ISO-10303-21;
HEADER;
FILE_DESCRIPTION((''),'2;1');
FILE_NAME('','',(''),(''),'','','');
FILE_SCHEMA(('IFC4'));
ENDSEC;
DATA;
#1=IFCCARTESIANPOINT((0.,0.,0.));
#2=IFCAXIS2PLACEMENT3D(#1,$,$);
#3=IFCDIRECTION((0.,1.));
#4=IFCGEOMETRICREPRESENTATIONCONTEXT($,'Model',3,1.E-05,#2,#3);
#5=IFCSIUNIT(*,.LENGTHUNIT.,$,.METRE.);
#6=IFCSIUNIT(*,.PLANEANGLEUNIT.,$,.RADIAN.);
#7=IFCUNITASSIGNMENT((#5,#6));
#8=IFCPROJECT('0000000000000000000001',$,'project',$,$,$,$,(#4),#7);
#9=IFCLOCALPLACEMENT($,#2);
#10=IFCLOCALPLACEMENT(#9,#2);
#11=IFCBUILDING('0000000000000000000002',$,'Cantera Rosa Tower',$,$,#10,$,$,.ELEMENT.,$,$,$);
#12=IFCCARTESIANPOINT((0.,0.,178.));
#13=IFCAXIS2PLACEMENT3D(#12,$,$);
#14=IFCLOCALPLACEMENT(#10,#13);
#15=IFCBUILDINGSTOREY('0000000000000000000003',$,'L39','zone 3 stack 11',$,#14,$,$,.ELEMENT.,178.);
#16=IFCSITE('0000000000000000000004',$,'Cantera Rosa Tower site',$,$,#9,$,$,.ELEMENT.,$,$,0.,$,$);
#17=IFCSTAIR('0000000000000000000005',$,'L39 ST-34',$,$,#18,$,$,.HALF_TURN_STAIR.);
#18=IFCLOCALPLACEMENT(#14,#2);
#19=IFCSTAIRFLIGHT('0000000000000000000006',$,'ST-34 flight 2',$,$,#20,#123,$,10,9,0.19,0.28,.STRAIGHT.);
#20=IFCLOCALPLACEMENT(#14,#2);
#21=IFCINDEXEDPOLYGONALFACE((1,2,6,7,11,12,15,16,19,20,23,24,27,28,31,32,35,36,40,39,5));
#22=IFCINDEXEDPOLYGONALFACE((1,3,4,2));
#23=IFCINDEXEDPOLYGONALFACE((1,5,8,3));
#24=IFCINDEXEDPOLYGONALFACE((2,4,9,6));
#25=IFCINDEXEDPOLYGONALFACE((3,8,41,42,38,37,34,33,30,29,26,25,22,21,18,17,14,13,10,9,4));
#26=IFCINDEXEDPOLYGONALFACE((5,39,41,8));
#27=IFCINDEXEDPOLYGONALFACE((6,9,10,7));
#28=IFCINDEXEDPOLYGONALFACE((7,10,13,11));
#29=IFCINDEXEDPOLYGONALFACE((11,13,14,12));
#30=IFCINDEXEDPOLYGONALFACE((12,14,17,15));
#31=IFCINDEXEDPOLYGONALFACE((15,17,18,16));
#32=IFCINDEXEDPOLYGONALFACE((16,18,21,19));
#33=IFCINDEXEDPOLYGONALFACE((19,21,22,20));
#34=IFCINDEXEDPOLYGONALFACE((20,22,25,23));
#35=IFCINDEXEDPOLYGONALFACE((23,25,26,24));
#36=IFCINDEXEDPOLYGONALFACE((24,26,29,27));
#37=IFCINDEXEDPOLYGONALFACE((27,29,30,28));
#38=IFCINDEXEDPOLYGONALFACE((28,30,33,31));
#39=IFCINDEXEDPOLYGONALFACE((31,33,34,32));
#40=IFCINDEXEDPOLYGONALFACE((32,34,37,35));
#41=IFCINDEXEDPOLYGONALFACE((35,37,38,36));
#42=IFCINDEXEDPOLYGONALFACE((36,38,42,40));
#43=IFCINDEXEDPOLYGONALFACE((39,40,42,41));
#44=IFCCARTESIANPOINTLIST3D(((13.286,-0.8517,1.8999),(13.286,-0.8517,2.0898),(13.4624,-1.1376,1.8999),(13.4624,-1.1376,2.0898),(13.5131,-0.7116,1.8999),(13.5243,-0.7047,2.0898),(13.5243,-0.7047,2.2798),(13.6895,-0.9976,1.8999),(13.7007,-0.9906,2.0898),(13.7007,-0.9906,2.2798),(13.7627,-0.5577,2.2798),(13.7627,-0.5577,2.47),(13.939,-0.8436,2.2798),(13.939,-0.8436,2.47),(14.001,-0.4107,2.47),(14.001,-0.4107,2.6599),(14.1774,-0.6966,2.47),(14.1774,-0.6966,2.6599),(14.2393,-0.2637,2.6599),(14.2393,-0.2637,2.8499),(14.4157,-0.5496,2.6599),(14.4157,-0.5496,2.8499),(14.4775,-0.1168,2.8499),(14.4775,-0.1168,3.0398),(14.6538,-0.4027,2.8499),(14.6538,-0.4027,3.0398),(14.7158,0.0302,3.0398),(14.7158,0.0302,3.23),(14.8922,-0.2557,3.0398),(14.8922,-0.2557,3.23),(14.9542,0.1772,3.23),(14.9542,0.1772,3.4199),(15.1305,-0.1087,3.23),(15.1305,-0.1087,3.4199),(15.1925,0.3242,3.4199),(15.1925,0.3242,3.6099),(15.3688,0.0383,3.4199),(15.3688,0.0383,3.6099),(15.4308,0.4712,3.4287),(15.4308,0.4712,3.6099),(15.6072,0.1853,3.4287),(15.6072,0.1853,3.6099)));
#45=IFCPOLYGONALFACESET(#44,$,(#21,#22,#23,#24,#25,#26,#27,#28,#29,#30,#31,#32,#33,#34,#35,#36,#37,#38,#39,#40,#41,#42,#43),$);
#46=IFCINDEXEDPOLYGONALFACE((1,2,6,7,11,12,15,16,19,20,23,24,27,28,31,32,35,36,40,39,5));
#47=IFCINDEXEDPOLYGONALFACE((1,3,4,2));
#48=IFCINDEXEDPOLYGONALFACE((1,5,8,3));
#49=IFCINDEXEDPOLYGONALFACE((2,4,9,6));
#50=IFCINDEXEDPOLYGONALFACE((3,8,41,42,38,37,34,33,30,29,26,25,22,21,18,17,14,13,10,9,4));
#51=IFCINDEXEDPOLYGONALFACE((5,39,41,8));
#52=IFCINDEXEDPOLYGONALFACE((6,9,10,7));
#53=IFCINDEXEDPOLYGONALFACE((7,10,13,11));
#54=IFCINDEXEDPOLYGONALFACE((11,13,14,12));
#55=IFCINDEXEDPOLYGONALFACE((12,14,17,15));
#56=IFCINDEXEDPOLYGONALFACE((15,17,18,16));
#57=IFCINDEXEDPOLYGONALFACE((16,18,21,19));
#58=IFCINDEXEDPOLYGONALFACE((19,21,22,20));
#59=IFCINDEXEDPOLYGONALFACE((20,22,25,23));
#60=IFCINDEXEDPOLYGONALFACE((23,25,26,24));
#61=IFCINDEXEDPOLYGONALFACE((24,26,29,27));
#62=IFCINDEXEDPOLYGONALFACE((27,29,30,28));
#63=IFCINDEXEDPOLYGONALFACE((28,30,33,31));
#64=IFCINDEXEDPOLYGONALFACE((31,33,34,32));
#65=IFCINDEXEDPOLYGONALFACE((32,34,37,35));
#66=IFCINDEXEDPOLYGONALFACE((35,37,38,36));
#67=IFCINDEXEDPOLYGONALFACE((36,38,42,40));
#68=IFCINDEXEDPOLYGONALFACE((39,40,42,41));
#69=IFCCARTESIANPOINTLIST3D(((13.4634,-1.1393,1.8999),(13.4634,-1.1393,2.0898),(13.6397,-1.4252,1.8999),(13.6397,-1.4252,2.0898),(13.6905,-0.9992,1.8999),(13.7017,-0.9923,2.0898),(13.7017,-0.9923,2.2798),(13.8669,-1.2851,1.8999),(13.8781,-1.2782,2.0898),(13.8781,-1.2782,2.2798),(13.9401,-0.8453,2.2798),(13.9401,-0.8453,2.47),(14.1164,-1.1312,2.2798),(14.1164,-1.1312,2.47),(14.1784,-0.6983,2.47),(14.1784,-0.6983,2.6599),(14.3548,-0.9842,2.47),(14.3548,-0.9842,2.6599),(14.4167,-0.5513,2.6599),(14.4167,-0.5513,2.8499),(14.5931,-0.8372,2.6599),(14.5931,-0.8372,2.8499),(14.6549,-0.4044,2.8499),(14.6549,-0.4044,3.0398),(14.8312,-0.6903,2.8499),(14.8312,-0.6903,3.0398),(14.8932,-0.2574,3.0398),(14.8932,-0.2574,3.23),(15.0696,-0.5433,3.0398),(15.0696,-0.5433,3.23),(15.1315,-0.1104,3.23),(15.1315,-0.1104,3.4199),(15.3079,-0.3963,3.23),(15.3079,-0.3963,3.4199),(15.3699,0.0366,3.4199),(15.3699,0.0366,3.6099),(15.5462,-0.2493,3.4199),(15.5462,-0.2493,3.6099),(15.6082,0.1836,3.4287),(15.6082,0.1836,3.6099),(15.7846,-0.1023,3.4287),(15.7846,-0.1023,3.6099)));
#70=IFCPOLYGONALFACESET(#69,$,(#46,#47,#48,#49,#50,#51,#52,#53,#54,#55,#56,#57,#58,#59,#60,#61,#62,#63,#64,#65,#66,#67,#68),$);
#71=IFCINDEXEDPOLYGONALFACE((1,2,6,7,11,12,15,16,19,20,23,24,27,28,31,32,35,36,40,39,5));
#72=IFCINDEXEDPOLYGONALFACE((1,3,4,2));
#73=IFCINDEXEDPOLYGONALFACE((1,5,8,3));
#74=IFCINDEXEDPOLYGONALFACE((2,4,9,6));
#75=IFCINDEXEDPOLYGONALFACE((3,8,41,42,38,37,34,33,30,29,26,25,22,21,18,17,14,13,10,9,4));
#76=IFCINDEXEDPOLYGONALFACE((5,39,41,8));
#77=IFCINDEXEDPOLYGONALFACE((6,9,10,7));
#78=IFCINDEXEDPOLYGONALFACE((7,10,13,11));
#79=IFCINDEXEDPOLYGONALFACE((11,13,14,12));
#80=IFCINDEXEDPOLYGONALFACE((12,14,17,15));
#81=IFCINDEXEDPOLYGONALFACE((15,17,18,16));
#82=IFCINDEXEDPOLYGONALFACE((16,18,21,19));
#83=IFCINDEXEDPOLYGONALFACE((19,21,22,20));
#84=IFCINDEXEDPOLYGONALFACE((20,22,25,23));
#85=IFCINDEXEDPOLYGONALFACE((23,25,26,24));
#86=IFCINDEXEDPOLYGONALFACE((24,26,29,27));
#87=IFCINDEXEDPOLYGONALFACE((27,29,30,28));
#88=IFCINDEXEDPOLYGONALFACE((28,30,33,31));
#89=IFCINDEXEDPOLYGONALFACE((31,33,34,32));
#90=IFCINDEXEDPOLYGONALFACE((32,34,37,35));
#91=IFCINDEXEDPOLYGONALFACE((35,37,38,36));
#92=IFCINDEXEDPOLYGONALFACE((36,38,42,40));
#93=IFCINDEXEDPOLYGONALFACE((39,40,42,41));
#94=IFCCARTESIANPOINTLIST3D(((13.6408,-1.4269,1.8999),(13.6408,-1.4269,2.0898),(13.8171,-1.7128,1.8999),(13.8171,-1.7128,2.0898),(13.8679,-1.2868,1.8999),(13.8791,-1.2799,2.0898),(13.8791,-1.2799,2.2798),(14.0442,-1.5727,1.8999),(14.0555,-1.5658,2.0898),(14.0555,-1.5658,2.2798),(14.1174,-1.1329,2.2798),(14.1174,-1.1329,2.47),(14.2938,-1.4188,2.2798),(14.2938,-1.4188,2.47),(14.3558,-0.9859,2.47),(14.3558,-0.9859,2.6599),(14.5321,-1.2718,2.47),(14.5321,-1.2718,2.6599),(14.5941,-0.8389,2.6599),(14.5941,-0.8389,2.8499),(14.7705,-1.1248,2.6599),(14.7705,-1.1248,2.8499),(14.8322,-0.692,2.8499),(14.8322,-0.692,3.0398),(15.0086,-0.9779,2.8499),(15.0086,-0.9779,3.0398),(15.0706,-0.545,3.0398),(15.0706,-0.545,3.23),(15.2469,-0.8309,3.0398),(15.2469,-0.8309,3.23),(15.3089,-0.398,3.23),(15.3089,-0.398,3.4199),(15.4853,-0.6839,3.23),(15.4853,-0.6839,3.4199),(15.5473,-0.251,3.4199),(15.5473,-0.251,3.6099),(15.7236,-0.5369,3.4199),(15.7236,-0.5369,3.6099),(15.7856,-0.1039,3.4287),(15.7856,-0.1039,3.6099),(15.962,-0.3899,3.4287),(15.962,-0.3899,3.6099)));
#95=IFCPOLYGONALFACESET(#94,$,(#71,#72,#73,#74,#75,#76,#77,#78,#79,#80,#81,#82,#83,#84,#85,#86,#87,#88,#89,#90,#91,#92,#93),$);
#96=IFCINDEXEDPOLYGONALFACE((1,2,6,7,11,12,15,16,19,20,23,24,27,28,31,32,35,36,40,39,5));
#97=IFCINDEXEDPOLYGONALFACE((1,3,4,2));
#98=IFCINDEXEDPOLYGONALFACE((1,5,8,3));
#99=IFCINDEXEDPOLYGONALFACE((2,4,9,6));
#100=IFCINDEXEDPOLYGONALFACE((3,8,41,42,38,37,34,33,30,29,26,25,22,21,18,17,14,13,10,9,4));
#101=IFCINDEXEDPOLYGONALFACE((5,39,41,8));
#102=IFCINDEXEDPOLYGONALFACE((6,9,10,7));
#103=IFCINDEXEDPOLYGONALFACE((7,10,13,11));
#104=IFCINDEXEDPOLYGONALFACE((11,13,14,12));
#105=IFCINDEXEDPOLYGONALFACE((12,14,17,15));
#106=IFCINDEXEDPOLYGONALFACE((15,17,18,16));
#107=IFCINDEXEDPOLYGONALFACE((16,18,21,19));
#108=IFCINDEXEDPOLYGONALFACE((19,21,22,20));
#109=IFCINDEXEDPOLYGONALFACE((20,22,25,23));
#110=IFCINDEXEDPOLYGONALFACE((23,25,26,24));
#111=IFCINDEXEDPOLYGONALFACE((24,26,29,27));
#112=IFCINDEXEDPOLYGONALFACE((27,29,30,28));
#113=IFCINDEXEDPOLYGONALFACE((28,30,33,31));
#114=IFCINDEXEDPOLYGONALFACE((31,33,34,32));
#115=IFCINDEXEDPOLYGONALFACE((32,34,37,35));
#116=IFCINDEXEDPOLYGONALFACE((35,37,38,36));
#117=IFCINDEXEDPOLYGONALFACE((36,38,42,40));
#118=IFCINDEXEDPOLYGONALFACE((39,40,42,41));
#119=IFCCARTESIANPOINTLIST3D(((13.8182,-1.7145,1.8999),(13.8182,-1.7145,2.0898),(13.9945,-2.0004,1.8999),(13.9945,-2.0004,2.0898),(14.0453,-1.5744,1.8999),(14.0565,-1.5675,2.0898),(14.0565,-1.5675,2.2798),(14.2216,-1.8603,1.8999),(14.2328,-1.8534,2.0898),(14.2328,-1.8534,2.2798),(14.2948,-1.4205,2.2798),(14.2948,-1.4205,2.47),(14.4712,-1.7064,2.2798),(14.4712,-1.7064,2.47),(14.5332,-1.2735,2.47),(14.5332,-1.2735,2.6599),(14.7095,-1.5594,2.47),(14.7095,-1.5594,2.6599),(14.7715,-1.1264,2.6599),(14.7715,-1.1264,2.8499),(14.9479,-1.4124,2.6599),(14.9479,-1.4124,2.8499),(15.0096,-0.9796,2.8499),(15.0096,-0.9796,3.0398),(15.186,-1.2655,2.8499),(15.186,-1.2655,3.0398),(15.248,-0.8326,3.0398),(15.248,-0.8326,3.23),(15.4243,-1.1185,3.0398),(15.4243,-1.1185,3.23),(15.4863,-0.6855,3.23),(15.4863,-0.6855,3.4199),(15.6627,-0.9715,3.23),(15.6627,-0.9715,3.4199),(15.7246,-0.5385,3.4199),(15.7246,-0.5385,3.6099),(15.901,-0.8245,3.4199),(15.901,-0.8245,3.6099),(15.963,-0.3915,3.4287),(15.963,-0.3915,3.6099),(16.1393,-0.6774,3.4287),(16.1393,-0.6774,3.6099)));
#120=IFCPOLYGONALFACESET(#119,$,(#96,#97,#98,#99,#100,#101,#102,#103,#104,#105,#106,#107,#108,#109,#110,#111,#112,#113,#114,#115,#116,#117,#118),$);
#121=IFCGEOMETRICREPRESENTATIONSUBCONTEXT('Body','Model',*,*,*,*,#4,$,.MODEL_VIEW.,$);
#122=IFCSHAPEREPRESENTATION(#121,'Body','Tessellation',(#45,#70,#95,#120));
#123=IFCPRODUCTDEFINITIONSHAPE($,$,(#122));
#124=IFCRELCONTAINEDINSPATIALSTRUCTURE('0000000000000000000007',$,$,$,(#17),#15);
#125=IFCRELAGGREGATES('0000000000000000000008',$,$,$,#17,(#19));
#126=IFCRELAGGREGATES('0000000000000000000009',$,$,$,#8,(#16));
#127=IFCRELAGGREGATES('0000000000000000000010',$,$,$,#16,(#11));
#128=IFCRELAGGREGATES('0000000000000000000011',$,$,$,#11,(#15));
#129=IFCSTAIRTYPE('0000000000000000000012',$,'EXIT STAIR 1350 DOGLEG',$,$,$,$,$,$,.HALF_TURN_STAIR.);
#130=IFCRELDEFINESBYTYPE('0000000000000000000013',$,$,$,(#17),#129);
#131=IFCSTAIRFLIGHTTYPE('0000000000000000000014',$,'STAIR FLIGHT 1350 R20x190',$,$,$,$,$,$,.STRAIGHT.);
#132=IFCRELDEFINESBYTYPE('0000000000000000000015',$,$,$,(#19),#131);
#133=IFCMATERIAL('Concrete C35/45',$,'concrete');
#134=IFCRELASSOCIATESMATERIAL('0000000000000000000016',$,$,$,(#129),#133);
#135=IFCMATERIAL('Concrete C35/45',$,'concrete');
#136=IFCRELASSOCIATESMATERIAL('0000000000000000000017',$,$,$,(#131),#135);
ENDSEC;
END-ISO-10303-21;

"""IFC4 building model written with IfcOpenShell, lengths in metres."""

from ifc_helpers import new_model, si_unit, direction, frame, origin, place, context, subcontext, project, spatial, polyline, outline, extrude, material, type_object, element, aggregate, save


model = new_model("IFC4")

# Units and contexts
model_context = context("Model", 3, precision=1e-05, world=origin(), true_north=direction((0.0, 1.0)))
body_context = subcontext(model_context, "Body", "Model", "MODEL_VIEW")
ifc_project = project(units=[si_unit("LENGTHUNIT", "METRE"), si_unit("PLANEANGLEUNIT", "RADIAN")], contexts=[model_context])

# Site, building, storey
site_placement = place(None, origin())
site = spatial("IfcSite", under=ifc_project, at=site_placement, Name="Cantera Rosa Tower site", CompositionType="ELEMENT", RefElevation=0.0)
building_placement = place(site_placement, origin())
building = spatial("IfcBuilding", under=site, at=building_placement, Name="Cantera Rosa Tower", CompositionType="ELEMENT")
storey_placement = place(building_placement, frame((0.0, 0.0, 178.0)))
storey = spatial("IfcBuildingStorey", under=building, at=storey_placement, Name="L39", Description="zone 3 stack 11", CompositionType="ELEMENT", Elevation=178.0)

# Shared definitions
ifc_material_1 = material(Name="Concrete C35/45", Category="concrete")
stair_type = type_object("IfcStairType", Name="EXIT STAIR 1350 DOGLEG", PredefinedType="HALF_TURN_STAIR", material=ifc_material_1)
ifc_material_2 = material(Name="Concrete C35/45", Category="concrete")
stair_flight_type = type_object("IfcStairFlightType", Name="STAIR FLIGHT 1350 R20x190", PredefinedType="STRAIGHT", material=ifc_material_2)

# Stair, stair flight
stair_1_placement = place(storey_placement, origin())
stair_1 = element("IfcStair", 1, at=stair_1_placement, inside=storey, type_object=stair_type, Name="L39 ST-34", PredefinedType="HALF_TURN_STAIR")
stair_flight_1_placement = place(storey_placement, frame((13.6404, -1.4263, 1.8999), z_axis=(0.0, 0.0, 1.0), x_axis=(0.851117, 0.524977, 0.0)))
stair_flight_1 = element("IfcStairFlight", 2, at=stair_flight_1_placement, type_object=stair_flight_type, Name="ST-34 flight 2", NumberOfRisers=10, NumberOfTreads=9, PredefinedType="STRAIGHT", RiserHeight=0.19, TreadLength=0.28, context=body_context, shape_type="SweptSolid", body=[
    extrude(outline(polyline([(0.0, 0.0), (0.0, 0.1899), (0.28, 0.1899), (0.28, 0.3799), (0.5601, 0.3799), (0.5601, 0.5701), (0.8401, 0.5701), (0.8401, 0.76), (1.1201, 0.76), (1.1201, 0.95), (1.3999, 0.95), (1.3999, 1.1399), (1.6799, 1.1399), (1.6799, 1.3301), (1.96, 1.3301), (1.96, 1.52), (2.24, 1.52), (2.24, 1.71), (2.52, 1.71), (2.52, 1.8999), (2.52, 1.5288), (0.2668, 0.0), (0.0, 0.0)])), frame((0.0, 0.675, 0.0), z_axis=(0.0, -1.0, 0.0), x_axis=(1.0, 0.0, 0.0)), (0.0, 0.0, 1.0), 0.3359),
    extrude(outline(polyline([(0.0, 0.0), (0.0, 0.1899), (0.28, 0.1899), (0.28, 0.3799), (0.5601, 0.3799), (0.5601, 0.5701), (0.8401, 0.5701), (0.8401, 0.76), (1.1201, 0.76), (1.1201, 0.95), (1.3999, 0.95), (1.3999, 1.1399), (1.6799, 1.1399), (1.6799, 1.3301), (1.96, 1.3301), (1.96, 1.52), (2.24, 1.52), (2.24, 1.71), (2.52, 1.71), (2.52, 1.8999), (2.52, 1.5288), (0.2668, 0.0), (0.0, 0.0)])), frame((0.0, 0.3372, 0.0), z_axis=(0.0, -1.0, 0.0), x_axis=(1.0, 0.0, 0.0)), (0.0, 0.0, 1.0), 0.3359),
    extrude(outline(polyline([(0.0, 0.0), (0.0, 0.1899), (0.28, 0.1899), (0.28, 0.3799), (0.5601, 0.3799), (0.5601, 0.5701), (0.8401, 0.5701), (0.8401, 0.76), (1.1201, 0.76), (1.1201, 0.95), (1.3999, 0.95), (1.3999, 1.1399), (1.6799, 1.1399), (1.6799, 1.3301), (1.96, 1.3301), (1.96, 1.52), (2.24, 1.52), (2.24, 1.71), (2.52, 1.71), (2.52, 1.8999), (2.52, 1.5288), (0.2668, 0.0), (0.0, 0.0)])), frame((0.0, -0.0007, 0.0), z_axis=(0.0, -1.0, 0.0), x_axis=(1.0, 0.0, 0.0)), (0.0, 0.0, 1.0), 0.3359),
    extrude(outline(polyline([(0.0, 0.0), (0.0, 0.1899), (0.28, 0.1899), (0.28, 0.3799), (0.5601, 0.3799), (0.5601, 0.5701), (0.8401, 0.5701), (0.8401, 0.76), (1.1201, 0.76), (1.1201, 0.95), (1.3999, 0.95), (1.3999, 1.1399), (1.6799, 1.1399), (1.6799, 1.3301), (1.96, 1.3301), (1.96, 1.52), (2.24, 1.52), (2.24, 1.71), (2.52, 1.71), (2.52, 1.8999), (2.52, 1.5288), (0.2668, 0.0), (0.0, 0.0)])), frame((0.0, -0.3386, 0.0), z_axis=(0.0, -1.0, 0.0), x_axis=(1.0, 0.0, 0.0)), (0.0, 0.0, 1.0), 0.3359),
])
aggregate(stair_1, [stair_flight_1])

save(model, "model.ifc")
